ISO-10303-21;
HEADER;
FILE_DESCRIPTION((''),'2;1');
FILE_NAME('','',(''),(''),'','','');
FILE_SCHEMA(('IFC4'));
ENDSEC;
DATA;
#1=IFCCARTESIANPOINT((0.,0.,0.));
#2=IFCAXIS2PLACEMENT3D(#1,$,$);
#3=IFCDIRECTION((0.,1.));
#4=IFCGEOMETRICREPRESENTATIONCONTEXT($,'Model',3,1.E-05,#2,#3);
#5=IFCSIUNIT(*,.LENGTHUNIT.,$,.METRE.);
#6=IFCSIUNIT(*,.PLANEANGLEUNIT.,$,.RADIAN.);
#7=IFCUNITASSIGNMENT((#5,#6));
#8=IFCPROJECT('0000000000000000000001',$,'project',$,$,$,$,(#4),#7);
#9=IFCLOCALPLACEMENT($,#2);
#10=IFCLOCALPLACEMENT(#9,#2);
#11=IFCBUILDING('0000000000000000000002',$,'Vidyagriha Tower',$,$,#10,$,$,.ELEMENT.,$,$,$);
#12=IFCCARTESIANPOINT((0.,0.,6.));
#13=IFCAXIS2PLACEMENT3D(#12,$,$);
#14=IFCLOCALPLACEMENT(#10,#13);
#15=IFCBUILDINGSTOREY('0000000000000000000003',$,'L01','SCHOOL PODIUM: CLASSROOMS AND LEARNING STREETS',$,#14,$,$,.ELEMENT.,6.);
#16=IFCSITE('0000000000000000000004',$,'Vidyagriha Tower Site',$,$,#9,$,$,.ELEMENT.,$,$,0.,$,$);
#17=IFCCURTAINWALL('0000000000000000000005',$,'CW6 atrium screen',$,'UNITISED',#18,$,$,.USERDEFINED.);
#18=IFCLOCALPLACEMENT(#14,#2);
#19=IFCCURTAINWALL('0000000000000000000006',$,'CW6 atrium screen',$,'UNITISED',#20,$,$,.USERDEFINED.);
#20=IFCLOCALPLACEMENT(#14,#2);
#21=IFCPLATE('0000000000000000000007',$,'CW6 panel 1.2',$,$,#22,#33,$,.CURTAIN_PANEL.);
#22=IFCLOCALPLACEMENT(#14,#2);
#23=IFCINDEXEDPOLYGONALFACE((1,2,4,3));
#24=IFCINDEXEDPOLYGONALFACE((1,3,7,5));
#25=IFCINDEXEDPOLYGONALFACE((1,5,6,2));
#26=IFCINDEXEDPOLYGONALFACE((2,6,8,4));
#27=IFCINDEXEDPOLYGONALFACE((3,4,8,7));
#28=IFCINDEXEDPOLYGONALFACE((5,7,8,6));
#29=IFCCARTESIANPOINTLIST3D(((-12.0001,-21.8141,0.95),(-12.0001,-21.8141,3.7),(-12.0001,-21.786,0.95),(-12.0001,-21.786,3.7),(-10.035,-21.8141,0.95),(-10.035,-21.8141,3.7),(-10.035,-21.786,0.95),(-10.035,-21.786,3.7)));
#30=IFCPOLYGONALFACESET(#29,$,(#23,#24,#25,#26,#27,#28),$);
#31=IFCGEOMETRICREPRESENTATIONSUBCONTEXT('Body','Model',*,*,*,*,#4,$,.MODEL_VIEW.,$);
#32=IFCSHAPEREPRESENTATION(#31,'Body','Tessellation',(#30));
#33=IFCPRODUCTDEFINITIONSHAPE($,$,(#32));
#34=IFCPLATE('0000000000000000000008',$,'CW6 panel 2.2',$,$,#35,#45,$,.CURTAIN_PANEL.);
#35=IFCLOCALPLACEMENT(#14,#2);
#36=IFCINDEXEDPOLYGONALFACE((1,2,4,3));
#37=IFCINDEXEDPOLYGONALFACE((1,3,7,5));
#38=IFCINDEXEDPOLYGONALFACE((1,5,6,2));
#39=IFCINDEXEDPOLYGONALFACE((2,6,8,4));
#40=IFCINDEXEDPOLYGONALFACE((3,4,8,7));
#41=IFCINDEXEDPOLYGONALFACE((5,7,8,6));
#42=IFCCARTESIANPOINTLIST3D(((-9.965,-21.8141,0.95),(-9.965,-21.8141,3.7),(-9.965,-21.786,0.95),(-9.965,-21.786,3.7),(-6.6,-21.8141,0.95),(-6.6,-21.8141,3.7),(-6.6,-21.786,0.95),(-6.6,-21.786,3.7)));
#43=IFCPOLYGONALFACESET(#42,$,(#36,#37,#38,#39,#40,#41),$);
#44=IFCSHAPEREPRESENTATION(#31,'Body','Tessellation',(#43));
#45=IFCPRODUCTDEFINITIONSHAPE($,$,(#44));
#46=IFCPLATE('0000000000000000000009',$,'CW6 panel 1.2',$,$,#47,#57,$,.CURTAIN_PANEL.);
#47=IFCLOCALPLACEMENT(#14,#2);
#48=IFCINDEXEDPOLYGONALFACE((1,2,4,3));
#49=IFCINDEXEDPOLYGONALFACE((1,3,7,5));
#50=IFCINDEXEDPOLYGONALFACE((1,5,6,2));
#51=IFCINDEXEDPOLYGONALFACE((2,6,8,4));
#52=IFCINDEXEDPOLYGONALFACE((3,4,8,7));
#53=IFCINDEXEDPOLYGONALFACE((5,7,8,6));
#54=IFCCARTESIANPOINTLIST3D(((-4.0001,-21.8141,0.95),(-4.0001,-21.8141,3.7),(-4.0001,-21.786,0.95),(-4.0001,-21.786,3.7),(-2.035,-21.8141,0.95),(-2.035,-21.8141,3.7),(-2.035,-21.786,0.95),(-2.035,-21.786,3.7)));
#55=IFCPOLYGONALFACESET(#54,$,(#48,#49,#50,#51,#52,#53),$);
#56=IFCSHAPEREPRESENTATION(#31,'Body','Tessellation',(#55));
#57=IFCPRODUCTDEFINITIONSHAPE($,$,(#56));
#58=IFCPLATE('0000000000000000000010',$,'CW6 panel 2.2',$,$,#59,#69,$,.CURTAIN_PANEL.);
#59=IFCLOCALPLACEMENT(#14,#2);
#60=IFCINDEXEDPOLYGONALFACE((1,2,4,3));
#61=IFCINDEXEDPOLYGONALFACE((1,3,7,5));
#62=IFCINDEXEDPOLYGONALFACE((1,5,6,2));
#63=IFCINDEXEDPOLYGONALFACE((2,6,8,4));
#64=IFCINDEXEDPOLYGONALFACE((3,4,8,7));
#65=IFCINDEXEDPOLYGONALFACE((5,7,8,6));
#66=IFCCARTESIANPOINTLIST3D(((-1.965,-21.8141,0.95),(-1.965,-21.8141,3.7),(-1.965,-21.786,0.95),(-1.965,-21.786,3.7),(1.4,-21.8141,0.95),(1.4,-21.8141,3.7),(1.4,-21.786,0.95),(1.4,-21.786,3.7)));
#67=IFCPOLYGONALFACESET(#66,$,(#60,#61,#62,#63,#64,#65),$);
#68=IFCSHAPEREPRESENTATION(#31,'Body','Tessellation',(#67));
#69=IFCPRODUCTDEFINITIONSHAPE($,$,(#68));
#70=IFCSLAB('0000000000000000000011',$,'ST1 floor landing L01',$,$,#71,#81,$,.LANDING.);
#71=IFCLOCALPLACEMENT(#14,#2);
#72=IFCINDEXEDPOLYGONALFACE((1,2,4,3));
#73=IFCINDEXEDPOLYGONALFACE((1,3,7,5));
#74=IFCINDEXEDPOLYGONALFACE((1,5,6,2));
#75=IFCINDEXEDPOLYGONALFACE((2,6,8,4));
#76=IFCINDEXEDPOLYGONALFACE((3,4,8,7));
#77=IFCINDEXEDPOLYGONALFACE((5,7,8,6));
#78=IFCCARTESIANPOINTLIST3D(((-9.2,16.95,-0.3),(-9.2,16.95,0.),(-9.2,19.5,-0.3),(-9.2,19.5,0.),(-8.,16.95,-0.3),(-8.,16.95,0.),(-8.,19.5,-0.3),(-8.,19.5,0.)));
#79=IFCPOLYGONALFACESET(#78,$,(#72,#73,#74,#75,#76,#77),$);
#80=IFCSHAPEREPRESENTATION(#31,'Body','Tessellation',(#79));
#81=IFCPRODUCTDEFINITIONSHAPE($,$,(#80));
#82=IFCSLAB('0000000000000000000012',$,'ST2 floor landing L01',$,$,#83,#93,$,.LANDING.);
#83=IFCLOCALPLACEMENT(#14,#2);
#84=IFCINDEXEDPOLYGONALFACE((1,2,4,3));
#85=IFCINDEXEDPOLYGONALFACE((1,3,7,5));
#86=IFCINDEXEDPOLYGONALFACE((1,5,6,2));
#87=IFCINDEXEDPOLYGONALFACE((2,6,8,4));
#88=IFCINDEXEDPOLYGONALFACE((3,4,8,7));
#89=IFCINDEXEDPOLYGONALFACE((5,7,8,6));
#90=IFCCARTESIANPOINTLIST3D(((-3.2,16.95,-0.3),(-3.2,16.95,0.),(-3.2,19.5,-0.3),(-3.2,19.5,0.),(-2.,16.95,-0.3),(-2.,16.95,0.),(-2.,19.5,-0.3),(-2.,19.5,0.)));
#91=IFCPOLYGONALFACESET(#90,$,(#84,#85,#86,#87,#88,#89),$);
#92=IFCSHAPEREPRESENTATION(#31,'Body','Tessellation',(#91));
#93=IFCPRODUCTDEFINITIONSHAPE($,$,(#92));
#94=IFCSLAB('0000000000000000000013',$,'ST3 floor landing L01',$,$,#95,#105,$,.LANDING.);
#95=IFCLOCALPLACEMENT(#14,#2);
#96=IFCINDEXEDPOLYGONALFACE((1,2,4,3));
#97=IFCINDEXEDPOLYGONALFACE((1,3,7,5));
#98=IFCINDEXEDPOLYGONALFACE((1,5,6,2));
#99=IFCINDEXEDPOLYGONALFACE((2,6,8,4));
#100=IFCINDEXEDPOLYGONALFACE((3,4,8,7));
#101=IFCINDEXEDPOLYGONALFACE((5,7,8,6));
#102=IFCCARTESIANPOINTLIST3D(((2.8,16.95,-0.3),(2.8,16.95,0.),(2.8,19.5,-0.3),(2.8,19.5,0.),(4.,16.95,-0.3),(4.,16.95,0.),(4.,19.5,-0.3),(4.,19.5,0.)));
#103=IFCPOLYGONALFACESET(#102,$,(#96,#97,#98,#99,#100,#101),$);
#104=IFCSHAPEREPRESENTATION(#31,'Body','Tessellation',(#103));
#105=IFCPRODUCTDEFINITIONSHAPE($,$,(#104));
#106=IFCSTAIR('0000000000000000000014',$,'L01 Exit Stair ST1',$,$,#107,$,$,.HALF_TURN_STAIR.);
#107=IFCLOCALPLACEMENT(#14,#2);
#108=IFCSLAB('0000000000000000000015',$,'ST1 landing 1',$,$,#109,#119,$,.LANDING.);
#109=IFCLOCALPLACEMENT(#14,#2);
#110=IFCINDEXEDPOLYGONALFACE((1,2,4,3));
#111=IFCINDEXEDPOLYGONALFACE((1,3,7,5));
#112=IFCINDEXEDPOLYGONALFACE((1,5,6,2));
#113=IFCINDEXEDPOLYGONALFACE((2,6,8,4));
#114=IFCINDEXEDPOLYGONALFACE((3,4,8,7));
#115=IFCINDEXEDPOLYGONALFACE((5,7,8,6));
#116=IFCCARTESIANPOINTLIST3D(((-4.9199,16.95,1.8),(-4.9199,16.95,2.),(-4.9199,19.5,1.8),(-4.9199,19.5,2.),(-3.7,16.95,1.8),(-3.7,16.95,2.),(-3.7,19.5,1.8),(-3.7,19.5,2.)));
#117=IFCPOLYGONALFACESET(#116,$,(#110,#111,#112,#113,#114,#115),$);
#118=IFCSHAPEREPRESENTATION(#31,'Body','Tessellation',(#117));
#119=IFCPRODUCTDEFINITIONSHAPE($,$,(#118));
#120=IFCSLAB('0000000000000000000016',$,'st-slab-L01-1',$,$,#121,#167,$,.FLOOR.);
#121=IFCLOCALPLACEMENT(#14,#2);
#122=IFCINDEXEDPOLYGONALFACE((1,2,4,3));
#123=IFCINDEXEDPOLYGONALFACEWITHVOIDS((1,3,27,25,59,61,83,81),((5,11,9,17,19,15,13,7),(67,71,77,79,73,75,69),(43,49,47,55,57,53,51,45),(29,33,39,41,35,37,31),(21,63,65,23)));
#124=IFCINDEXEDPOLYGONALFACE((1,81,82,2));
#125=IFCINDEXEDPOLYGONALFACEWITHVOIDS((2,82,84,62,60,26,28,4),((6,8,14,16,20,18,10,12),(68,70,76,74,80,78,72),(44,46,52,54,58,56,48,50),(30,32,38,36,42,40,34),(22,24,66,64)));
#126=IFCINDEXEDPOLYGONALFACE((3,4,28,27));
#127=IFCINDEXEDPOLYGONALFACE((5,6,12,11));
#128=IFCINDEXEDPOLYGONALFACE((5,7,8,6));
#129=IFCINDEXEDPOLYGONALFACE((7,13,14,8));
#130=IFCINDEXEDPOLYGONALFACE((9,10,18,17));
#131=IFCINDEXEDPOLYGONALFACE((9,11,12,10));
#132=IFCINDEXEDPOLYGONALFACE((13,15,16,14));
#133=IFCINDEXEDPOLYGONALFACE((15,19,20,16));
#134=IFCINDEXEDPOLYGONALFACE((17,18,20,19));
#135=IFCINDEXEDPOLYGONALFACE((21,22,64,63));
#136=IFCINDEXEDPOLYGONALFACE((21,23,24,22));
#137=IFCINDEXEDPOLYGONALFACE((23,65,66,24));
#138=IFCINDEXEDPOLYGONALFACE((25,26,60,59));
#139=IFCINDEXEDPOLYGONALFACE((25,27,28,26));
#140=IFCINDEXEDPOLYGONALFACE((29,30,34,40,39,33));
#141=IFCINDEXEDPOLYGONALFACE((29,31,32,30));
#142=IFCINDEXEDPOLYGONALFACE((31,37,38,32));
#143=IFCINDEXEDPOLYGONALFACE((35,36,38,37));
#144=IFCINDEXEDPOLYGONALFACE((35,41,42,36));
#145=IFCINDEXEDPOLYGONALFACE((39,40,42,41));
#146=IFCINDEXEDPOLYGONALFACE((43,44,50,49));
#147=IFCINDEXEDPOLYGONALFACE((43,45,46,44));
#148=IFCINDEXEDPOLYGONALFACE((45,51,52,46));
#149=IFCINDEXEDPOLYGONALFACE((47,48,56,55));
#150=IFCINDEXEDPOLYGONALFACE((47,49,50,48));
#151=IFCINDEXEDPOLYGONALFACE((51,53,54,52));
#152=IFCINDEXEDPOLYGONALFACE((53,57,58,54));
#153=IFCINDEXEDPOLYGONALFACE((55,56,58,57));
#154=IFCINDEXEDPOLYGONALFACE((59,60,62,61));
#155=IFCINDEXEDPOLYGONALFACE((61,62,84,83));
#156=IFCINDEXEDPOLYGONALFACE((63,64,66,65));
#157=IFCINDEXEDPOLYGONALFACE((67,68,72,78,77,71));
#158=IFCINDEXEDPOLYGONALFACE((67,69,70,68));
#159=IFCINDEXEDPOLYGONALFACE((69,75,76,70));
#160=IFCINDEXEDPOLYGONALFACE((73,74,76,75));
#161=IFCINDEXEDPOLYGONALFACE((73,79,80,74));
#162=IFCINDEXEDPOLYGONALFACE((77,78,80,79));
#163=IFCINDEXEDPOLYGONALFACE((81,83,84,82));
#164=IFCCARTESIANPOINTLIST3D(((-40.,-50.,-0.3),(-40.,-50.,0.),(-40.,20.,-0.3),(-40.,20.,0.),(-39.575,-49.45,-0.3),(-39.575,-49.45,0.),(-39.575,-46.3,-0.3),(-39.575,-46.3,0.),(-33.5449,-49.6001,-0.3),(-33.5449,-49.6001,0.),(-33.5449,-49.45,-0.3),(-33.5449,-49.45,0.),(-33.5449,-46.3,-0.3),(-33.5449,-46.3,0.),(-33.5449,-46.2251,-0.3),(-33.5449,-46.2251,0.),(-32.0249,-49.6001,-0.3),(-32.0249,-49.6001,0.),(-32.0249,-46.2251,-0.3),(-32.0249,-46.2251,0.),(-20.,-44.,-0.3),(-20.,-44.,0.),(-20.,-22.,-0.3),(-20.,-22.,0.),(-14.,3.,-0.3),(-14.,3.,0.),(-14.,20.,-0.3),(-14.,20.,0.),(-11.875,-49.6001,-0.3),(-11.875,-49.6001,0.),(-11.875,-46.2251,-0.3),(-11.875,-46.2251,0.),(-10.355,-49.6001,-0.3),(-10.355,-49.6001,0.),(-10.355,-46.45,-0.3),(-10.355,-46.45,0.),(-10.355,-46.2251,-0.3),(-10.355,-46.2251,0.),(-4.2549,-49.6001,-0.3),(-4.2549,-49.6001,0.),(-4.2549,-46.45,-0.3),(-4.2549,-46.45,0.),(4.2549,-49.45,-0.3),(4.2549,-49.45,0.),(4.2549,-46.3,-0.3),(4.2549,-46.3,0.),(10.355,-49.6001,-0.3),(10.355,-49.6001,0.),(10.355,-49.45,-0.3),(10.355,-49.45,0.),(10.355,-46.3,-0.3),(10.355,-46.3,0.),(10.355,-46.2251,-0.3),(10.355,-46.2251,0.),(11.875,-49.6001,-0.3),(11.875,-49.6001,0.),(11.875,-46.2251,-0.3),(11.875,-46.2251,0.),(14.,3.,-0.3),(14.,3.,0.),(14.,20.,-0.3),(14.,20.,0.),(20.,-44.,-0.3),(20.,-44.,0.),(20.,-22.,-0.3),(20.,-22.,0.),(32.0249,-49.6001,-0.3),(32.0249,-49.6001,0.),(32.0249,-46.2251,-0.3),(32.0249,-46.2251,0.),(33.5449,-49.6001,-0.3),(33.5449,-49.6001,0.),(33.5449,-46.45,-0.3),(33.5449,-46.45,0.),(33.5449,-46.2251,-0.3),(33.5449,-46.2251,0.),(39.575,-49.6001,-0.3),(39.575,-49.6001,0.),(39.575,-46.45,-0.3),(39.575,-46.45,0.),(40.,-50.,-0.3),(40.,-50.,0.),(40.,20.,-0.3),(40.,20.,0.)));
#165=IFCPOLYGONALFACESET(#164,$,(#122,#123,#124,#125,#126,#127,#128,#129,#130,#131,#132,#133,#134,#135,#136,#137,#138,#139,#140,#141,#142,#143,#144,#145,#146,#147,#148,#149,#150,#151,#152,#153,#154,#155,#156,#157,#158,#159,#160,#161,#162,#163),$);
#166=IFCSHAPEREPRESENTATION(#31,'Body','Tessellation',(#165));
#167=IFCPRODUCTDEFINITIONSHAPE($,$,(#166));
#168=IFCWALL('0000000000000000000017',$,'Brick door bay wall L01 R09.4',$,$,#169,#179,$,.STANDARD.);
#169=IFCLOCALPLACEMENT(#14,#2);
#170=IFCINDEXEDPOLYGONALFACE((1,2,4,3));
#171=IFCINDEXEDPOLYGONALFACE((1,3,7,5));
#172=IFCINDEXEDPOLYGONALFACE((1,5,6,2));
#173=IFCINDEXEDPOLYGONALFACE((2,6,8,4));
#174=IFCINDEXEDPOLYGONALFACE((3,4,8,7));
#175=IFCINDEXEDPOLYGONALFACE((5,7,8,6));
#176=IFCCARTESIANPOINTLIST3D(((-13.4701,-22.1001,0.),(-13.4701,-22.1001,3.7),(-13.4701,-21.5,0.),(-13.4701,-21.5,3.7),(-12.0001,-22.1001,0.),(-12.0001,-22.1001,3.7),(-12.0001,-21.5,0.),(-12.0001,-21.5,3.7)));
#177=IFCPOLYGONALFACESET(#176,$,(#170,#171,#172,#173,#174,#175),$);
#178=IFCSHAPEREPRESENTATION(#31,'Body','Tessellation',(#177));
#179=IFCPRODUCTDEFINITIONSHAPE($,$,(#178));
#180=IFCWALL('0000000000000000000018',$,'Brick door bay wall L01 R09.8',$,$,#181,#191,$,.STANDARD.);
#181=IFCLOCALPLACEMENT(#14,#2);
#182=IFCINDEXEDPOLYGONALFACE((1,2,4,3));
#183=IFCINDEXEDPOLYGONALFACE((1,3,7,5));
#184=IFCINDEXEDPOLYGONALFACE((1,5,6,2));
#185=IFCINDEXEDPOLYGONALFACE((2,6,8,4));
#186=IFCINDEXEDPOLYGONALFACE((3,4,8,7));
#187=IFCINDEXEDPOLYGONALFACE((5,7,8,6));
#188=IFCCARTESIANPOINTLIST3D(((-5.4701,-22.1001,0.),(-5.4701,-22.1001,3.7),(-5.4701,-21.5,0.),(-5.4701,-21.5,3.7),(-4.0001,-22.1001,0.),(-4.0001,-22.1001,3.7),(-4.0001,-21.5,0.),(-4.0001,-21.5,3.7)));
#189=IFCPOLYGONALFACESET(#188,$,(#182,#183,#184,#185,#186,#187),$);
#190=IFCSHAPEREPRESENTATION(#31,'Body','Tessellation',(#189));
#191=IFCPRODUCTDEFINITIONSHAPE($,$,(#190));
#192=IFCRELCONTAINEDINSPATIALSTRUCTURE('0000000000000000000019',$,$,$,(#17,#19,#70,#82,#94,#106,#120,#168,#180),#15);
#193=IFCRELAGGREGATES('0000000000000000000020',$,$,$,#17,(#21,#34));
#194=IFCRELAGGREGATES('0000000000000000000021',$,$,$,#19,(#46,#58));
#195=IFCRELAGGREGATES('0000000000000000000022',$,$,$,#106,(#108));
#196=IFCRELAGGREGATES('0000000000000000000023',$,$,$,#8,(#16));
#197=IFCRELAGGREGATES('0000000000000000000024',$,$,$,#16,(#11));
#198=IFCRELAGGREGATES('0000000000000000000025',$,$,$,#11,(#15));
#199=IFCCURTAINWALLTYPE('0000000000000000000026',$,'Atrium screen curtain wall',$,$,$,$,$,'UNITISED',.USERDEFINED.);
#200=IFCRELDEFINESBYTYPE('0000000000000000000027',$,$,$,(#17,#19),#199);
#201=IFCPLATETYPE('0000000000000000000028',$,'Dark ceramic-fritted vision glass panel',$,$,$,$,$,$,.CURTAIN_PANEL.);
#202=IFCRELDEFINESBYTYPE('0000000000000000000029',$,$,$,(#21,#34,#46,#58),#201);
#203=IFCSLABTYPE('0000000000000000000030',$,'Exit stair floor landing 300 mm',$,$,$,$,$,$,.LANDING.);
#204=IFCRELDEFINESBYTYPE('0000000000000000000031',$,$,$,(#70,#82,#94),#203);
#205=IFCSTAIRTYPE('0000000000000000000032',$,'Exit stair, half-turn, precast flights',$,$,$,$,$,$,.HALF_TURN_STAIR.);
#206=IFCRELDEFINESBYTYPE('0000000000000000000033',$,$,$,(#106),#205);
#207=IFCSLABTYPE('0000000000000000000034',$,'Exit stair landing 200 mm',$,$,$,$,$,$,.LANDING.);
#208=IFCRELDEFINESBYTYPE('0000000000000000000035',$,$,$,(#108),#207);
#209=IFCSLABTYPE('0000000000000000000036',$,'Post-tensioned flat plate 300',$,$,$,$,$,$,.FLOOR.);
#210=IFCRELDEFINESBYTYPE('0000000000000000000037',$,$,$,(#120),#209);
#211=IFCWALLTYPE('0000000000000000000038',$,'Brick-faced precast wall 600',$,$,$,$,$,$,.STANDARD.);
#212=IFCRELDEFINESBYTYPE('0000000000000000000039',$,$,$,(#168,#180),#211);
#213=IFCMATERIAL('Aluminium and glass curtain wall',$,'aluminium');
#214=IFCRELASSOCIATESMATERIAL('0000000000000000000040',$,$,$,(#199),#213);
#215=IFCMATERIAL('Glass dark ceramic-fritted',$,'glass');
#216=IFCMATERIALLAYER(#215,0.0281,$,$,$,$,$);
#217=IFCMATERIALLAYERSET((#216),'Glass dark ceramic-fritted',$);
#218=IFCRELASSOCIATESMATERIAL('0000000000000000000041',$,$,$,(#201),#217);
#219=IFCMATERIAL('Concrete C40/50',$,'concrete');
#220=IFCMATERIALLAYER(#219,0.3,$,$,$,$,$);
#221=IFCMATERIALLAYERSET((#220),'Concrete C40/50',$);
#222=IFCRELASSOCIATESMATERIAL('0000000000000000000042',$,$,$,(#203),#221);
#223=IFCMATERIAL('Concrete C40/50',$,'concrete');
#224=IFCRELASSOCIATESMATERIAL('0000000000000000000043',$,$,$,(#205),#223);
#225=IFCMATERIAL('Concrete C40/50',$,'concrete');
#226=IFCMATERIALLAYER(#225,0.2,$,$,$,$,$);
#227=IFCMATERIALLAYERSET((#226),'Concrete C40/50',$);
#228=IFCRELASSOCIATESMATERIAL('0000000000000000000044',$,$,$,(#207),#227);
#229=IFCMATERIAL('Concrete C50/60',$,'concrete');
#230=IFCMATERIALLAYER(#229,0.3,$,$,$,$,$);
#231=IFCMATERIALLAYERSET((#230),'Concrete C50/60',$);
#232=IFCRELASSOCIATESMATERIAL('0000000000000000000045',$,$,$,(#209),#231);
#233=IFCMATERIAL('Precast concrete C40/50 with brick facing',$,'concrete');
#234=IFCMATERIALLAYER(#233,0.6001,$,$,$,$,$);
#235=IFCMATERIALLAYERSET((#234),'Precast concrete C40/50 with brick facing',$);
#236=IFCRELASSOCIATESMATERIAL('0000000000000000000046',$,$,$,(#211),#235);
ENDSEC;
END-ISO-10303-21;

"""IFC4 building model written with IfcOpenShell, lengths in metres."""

from ifc_helpers import new_model, si_unit, direction, frame, frame_2d, origin, origin_2d, place, context, subcontext, project, spatial, polyline, rectangle, outline, extrude, material, layer, layer_set, type_object, element, aggregate, save


model = new_model("IFC4")

# Units and contexts
model_context = context("Model", 3, precision=1e-05, world=origin(), true_north=direction((0.0, 1.0)))
body_context = subcontext(model_context, "Body", "Model", "MODEL_VIEW")
ifc_project = project(units=[si_unit("LENGTHUNIT", "METRE"), si_unit("PLANEANGLEUNIT", "RADIAN")], contexts=[model_context])

# Site, building, storey
site_placement = place(None, origin())
site = spatial("IfcSite", under=ifc_project, at=site_placement, Name="Vidyagriha Tower Site", CompositionType="ELEMENT", RefElevation=0.0)
building_placement = place(site_placement, origin())
building = spatial("IfcBuilding", under=site, at=building_placement, Name="Vidyagriha Tower", CompositionType="ELEMENT")
storey_placement = place(building_placement, frame((0.0, 0.0, 6.0)))
storey = spatial("IfcBuildingStorey", under=building, at=storey_placement, Name="L01", Description="SCHOOL PODIUM: CLASSROOMS AND LEARNING STREETS", CompositionType="ELEMENT", Elevation=6.0)

# Shared definitions
ifc_material_1 = material(Name="Aluminium and glass curtain wall", Category="aluminium")
curtain_wall_type = type_object("IfcCurtainWallType", Name="Atrium screen curtain wall", ElementType="UNITISED", PredefinedType="USERDEFINED", material=ifc_material_1)

# Curtain wall
curtain_wall_1_placement = place(storey_placement, origin())
curtain_wall_1 = element("IfcCurtainWall", 1, at=curtain_wall_1_placement, inside=storey, type_object=curtain_wall_type, Name="CW6 atrium screen", ObjectType="UNITISED", PredefinedType="USERDEFINED")

# Curtain wall
curtain_wall_2_placement = place(storey_placement, origin())
curtain_wall_2 = element("IfcCurtainWall", 2, at=curtain_wall_2_placement, inside=storey, type_object=curtain_wall_type, Name="CW6 atrium screen", ObjectType="UNITISED", PredefinedType="USERDEFINED")

# Plates
ifc_material_2 = material(Name="Glass dark ceramic-fritted", Category="glass")
ifc_layer_1 = layer(ifc_material_2, 0.0281)
ifc_layer_set_1 = layer_set([ifc_layer_1], Name="Glass dark ceramic-fritted")
plate_type_1 = type_object("IfcPlateType", Name="Dark ceramic-fritted vision glass panel", PredefinedType="CURTAIN_PANEL", material=ifc_layer_set_1)
plate_1_placement = place(storey_placement, frame((-11.0176, -21.8, 0.95)))
plate_1 = element("IfcPlate", 3, at=plate_1_placement, type_object=plate_type_1, Name="CW6 panel 1.2", PredefinedType="CURTAIN_PANEL", context=body_context, shape_type="SweptSolid", body=[
    extrude(rectangle(XDim=1.9651, YDim=0.0281, at=origin_2d()), origin(), (0.0, 0.0, 1.0), 2.75),
])
plate_2_placement = place(storey_placement, frame((-8.2825, -21.8, 0.95)))
plate_2 = element("IfcPlate", 4, at=plate_2_placement, type_object=plate_type_1, Name="CW6 panel 2.2", PredefinedType="CURTAIN_PANEL", context=body_context, shape_type="SweptSolid", body=[
    extrude(rectangle(XDim=3.365, YDim=0.0281, at=origin_2d()), origin(), (0.0, 0.0, 1.0), 2.75),
])
aggregate(curtain_wall_1, [plate_1, plate_2])
plate_3_placement = place(storey_placement, frame((-3.0176, -21.8, 0.95)))
plate_3 = element("IfcPlate", 5, at=plate_3_placement, type_object=plate_type_1, Name="CW6 panel 1.2", PredefinedType="CURTAIN_PANEL", context=body_context, shape_type="SweptSolid", body=[
    extrude(rectangle(XDim=1.9651, YDim=0.0281, at=origin_2d()), origin(), (0.0, 0.0, 1.0), 2.75),
])
plate_4_placement = place(storey_placement, frame((-0.2825, -21.8, 0.95)))
plate_4 = element("IfcPlate", 6, at=plate_4_placement, type_object=plate_type_1, Name="CW6 panel 2.2", PredefinedType="CURTAIN_PANEL", context=body_context, shape_type="SweptSolid", body=[
    extrude(rectangle(XDim=3.365, YDim=0.0281, at=origin_2d()), origin(), (0.0, 0.0, 1.0), 2.75),
])
aggregate(curtain_wall_2, [plate_3, plate_4])

# Slabs
ifc_material_3 = material(Name="Concrete C40/50", Category="concrete")
ifc_layer_2 = layer(ifc_material_3, 0.3)
ifc_layer_set_2 = layer_set([ifc_layer_2], Name="Concrete C40/50")
slab_type_1 = type_object("IfcSlabType", Name="Exit stair floor landing 300 mm", PredefinedType="LANDING", material=ifc_layer_set_2)
slab_1_placement = place(storey_placement, frame((0.0, 0.0, -0.3)))
element("IfcSlab", 7, at=slab_1_placement, inside=storey, type_object=slab_type_1, Name="ST1 floor landing L01", PredefinedType="LANDING", context=body_context, shape_type="SweptSolid", body=[
    extrude(outline(polyline([(-9.2, 16.95), (-8.0, 16.95), (-8.0, 19.5), (-9.2, 19.5), (-9.2, 16.95)])), origin(), (0.0, 0.0, 1.0), 0.3),
])
slab_2_placement = place(storey_placement, frame((0.0, 0.0, -0.3)))
element("IfcSlab", 8, at=slab_2_placement, inside=storey, type_object=slab_type_1, Name="ST2 floor landing L01", PredefinedType="LANDING", context=body_context, shape_type="SweptSolid", body=[
    extrude(outline(polyline([(-3.2, 16.95), (-2.0, 16.95), (-2.0, 19.5), (-3.2, 19.5), (-3.2, 16.95)])), origin(), (0.0, 0.0, 1.0), 0.3),
])
slab_3_placement = place(storey_placement, frame((0.0, 0.0, -0.3)))
element("IfcSlab", 9, at=slab_3_placement, inside=storey, type_object=slab_type_1, Name="ST3 floor landing L01", PredefinedType="LANDING", context=body_context, shape_type="SweptSolid", body=[
    extrude(outline(polyline([(2.8, 16.95), (4.0, 16.95), (4.0, 19.5), (2.8, 19.5), (2.8, 16.95)])), origin(), (0.0, 0.0, 1.0), 0.3),
])

# Stair, slab
ifc_material_4 = material(Name="Concrete C40/50", Category="concrete")
stair_type = type_object("IfcStairType", Name="Exit stair, half-turn, precast flights", PredefinedType="HALF_TURN_STAIR", material=ifc_material_4)
stair_placement = place(storey_placement, origin())
stair = element("IfcStair", 10, at=stair_placement, inside=storey, type_object=stair_type, Name="L01 Exit Stair ST1", PredefinedType="HALF_TURN_STAIR")
ifc_material_5 = material(Name="Concrete C40/50", Category="concrete")
ifc_layer_3 = layer(ifc_material_5, 0.2)
ifc_layer_set_3 = layer_set([ifc_layer_3], Name="Concrete C40/50")
slab_type_2 = type_object("IfcSlabType", Name="Exit stair landing 200 mm", PredefinedType="LANDING", material=ifc_layer_set_3)
slab_4_placement = place(storey_placement, frame((0.0, 0.0, 1.8)))
slab_4 = element("IfcSlab", 11, at=slab_4_placement, type_object=slab_type_2, Name="ST1 landing 1", PredefinedType="LANDING", context=body_context, shape_type="SweptSolid", body=[
    extrude(outline(polyline([(-4.9199, 16.95), (-3.7, 16.95), (-3.7, 19.5), (-4.9199, 19.5), (-4.9199, 16.95)])), origin(), (0.0, 0.0, 1.0), 0.2),
])
aggregate(stair, [slab_4])

# Slab
ifc_material_6 = material(Name="Concrete C50/60", Category="concrete")
ifc_layer_4 = layer(ifc_material_6, 0.3)
ifc_layer_set_4 = layer_set([ifc_layer_4], Name="Concrete C50/60")
slab_type_3 = type_object("IfcSlabType", Name="Post-tensioned flat plate 300", PredefinedType="FLOOR", material=ifc_layer_set_4)
slab_5_placement = place(storey_placement, frame((0.0, 0.0, -0.3)))
element("IfcSlab", 12, at=slab_5_placement, inside=storey, type_object=slab_type_3, Name="st-slab-L01-1", PredefinedType="FLOOR", context=body_context, shape_type="SweptSolid", body=[
    extrude(outline(polyline([(-40.0, 20.0), (-14.0, 20.0), (-14.0, 3.0), (14.0, 3.0), (14.0, 20.0), (40.0, 20.0), (40.0, -50.0), (-40.0, -50.0), (-40.0, 20.0)]), holes=[polyline([(-20.0, -22.0), (-20.0, -44.0), (20.0, -44.0), (20.0, -22.0), (-20.0, -22.0)]), polyline([(-33.5449, -46.2251), (-33.5449, -46.3), (-39.575, -46.3), (-39.575, -49.45), (-33.5449, -49.45), (-33.5449, -49.6001), (-32.0249, -49.6001), (-32.0249, -46.2251), (-33.5449, -46.2251)]), polyline([(39.575, -49.6001), (39.575, -46.45), (33.5449, -46.45), (33.5449, -46.2251), (32.0249, -46.2251), (32.0249, -49.6001), (33.5449, -49.6001), (39.575, -49.6001)]), polyline([(-11.875, -49.6001), (-10.355, -49.6001), (-4.2549, -49.6001), (-4.2549, -46.45), (-10.355, -46.45), (-10.355, -46.2251), (-11.875, -46.2251), (-11.875, -49.6001)]), polyline([(4.2549, -46.3), (4.2549, -49.45), (10.355, -49.45), (10.355, -49.6001), (11.875, -49.6001), (11.875, -46.2251), (10.355, -46.2251), (10.355, -46.3), (4.2549, -46.3)])]), origin(), (0.0, 0.0, 1.0), 0.3),
])

# Walls
ifc_material_7 = material(Name="Precast concrete C40/50 with brick facing", Category="concrete")
ifc_layer_5 = layer(ifc_material_7, 0.6001)
ifc_layer_set_5 = layer_set([ifc_layer_5], Name="Precast concrete C40/50 with brick facing")
wall_type_1 = type_object("IfcWallType", Name="Brick-faced precast wall 600", PredefinedType="STANDARD", material=ifc_layer_set_5)
for number, where, name in (
    (13, (-13.47, -21.8, 0.0), "Brick door bay wall L01 R09.4"),
    (14, (-5.47, -21.8, 0.0), "Brick door bay wall L01 R09.8"),
):
    element("IfcWall", number, at=place(storey_placement, frame(where)), inside=storey, type_object=wall_type_1, Name=name, PredefinedType="STANDARD", context=body_context, shape_type="SweptSolid", body=[
        extrude(rectangle(XDim=1.47, YDim=0.6001, at=frame_2d((0.7349, 0.0))), origin(), (0.0, 0.0, 1.0), 3.7),
    ])

save(model, "model.ifc")
